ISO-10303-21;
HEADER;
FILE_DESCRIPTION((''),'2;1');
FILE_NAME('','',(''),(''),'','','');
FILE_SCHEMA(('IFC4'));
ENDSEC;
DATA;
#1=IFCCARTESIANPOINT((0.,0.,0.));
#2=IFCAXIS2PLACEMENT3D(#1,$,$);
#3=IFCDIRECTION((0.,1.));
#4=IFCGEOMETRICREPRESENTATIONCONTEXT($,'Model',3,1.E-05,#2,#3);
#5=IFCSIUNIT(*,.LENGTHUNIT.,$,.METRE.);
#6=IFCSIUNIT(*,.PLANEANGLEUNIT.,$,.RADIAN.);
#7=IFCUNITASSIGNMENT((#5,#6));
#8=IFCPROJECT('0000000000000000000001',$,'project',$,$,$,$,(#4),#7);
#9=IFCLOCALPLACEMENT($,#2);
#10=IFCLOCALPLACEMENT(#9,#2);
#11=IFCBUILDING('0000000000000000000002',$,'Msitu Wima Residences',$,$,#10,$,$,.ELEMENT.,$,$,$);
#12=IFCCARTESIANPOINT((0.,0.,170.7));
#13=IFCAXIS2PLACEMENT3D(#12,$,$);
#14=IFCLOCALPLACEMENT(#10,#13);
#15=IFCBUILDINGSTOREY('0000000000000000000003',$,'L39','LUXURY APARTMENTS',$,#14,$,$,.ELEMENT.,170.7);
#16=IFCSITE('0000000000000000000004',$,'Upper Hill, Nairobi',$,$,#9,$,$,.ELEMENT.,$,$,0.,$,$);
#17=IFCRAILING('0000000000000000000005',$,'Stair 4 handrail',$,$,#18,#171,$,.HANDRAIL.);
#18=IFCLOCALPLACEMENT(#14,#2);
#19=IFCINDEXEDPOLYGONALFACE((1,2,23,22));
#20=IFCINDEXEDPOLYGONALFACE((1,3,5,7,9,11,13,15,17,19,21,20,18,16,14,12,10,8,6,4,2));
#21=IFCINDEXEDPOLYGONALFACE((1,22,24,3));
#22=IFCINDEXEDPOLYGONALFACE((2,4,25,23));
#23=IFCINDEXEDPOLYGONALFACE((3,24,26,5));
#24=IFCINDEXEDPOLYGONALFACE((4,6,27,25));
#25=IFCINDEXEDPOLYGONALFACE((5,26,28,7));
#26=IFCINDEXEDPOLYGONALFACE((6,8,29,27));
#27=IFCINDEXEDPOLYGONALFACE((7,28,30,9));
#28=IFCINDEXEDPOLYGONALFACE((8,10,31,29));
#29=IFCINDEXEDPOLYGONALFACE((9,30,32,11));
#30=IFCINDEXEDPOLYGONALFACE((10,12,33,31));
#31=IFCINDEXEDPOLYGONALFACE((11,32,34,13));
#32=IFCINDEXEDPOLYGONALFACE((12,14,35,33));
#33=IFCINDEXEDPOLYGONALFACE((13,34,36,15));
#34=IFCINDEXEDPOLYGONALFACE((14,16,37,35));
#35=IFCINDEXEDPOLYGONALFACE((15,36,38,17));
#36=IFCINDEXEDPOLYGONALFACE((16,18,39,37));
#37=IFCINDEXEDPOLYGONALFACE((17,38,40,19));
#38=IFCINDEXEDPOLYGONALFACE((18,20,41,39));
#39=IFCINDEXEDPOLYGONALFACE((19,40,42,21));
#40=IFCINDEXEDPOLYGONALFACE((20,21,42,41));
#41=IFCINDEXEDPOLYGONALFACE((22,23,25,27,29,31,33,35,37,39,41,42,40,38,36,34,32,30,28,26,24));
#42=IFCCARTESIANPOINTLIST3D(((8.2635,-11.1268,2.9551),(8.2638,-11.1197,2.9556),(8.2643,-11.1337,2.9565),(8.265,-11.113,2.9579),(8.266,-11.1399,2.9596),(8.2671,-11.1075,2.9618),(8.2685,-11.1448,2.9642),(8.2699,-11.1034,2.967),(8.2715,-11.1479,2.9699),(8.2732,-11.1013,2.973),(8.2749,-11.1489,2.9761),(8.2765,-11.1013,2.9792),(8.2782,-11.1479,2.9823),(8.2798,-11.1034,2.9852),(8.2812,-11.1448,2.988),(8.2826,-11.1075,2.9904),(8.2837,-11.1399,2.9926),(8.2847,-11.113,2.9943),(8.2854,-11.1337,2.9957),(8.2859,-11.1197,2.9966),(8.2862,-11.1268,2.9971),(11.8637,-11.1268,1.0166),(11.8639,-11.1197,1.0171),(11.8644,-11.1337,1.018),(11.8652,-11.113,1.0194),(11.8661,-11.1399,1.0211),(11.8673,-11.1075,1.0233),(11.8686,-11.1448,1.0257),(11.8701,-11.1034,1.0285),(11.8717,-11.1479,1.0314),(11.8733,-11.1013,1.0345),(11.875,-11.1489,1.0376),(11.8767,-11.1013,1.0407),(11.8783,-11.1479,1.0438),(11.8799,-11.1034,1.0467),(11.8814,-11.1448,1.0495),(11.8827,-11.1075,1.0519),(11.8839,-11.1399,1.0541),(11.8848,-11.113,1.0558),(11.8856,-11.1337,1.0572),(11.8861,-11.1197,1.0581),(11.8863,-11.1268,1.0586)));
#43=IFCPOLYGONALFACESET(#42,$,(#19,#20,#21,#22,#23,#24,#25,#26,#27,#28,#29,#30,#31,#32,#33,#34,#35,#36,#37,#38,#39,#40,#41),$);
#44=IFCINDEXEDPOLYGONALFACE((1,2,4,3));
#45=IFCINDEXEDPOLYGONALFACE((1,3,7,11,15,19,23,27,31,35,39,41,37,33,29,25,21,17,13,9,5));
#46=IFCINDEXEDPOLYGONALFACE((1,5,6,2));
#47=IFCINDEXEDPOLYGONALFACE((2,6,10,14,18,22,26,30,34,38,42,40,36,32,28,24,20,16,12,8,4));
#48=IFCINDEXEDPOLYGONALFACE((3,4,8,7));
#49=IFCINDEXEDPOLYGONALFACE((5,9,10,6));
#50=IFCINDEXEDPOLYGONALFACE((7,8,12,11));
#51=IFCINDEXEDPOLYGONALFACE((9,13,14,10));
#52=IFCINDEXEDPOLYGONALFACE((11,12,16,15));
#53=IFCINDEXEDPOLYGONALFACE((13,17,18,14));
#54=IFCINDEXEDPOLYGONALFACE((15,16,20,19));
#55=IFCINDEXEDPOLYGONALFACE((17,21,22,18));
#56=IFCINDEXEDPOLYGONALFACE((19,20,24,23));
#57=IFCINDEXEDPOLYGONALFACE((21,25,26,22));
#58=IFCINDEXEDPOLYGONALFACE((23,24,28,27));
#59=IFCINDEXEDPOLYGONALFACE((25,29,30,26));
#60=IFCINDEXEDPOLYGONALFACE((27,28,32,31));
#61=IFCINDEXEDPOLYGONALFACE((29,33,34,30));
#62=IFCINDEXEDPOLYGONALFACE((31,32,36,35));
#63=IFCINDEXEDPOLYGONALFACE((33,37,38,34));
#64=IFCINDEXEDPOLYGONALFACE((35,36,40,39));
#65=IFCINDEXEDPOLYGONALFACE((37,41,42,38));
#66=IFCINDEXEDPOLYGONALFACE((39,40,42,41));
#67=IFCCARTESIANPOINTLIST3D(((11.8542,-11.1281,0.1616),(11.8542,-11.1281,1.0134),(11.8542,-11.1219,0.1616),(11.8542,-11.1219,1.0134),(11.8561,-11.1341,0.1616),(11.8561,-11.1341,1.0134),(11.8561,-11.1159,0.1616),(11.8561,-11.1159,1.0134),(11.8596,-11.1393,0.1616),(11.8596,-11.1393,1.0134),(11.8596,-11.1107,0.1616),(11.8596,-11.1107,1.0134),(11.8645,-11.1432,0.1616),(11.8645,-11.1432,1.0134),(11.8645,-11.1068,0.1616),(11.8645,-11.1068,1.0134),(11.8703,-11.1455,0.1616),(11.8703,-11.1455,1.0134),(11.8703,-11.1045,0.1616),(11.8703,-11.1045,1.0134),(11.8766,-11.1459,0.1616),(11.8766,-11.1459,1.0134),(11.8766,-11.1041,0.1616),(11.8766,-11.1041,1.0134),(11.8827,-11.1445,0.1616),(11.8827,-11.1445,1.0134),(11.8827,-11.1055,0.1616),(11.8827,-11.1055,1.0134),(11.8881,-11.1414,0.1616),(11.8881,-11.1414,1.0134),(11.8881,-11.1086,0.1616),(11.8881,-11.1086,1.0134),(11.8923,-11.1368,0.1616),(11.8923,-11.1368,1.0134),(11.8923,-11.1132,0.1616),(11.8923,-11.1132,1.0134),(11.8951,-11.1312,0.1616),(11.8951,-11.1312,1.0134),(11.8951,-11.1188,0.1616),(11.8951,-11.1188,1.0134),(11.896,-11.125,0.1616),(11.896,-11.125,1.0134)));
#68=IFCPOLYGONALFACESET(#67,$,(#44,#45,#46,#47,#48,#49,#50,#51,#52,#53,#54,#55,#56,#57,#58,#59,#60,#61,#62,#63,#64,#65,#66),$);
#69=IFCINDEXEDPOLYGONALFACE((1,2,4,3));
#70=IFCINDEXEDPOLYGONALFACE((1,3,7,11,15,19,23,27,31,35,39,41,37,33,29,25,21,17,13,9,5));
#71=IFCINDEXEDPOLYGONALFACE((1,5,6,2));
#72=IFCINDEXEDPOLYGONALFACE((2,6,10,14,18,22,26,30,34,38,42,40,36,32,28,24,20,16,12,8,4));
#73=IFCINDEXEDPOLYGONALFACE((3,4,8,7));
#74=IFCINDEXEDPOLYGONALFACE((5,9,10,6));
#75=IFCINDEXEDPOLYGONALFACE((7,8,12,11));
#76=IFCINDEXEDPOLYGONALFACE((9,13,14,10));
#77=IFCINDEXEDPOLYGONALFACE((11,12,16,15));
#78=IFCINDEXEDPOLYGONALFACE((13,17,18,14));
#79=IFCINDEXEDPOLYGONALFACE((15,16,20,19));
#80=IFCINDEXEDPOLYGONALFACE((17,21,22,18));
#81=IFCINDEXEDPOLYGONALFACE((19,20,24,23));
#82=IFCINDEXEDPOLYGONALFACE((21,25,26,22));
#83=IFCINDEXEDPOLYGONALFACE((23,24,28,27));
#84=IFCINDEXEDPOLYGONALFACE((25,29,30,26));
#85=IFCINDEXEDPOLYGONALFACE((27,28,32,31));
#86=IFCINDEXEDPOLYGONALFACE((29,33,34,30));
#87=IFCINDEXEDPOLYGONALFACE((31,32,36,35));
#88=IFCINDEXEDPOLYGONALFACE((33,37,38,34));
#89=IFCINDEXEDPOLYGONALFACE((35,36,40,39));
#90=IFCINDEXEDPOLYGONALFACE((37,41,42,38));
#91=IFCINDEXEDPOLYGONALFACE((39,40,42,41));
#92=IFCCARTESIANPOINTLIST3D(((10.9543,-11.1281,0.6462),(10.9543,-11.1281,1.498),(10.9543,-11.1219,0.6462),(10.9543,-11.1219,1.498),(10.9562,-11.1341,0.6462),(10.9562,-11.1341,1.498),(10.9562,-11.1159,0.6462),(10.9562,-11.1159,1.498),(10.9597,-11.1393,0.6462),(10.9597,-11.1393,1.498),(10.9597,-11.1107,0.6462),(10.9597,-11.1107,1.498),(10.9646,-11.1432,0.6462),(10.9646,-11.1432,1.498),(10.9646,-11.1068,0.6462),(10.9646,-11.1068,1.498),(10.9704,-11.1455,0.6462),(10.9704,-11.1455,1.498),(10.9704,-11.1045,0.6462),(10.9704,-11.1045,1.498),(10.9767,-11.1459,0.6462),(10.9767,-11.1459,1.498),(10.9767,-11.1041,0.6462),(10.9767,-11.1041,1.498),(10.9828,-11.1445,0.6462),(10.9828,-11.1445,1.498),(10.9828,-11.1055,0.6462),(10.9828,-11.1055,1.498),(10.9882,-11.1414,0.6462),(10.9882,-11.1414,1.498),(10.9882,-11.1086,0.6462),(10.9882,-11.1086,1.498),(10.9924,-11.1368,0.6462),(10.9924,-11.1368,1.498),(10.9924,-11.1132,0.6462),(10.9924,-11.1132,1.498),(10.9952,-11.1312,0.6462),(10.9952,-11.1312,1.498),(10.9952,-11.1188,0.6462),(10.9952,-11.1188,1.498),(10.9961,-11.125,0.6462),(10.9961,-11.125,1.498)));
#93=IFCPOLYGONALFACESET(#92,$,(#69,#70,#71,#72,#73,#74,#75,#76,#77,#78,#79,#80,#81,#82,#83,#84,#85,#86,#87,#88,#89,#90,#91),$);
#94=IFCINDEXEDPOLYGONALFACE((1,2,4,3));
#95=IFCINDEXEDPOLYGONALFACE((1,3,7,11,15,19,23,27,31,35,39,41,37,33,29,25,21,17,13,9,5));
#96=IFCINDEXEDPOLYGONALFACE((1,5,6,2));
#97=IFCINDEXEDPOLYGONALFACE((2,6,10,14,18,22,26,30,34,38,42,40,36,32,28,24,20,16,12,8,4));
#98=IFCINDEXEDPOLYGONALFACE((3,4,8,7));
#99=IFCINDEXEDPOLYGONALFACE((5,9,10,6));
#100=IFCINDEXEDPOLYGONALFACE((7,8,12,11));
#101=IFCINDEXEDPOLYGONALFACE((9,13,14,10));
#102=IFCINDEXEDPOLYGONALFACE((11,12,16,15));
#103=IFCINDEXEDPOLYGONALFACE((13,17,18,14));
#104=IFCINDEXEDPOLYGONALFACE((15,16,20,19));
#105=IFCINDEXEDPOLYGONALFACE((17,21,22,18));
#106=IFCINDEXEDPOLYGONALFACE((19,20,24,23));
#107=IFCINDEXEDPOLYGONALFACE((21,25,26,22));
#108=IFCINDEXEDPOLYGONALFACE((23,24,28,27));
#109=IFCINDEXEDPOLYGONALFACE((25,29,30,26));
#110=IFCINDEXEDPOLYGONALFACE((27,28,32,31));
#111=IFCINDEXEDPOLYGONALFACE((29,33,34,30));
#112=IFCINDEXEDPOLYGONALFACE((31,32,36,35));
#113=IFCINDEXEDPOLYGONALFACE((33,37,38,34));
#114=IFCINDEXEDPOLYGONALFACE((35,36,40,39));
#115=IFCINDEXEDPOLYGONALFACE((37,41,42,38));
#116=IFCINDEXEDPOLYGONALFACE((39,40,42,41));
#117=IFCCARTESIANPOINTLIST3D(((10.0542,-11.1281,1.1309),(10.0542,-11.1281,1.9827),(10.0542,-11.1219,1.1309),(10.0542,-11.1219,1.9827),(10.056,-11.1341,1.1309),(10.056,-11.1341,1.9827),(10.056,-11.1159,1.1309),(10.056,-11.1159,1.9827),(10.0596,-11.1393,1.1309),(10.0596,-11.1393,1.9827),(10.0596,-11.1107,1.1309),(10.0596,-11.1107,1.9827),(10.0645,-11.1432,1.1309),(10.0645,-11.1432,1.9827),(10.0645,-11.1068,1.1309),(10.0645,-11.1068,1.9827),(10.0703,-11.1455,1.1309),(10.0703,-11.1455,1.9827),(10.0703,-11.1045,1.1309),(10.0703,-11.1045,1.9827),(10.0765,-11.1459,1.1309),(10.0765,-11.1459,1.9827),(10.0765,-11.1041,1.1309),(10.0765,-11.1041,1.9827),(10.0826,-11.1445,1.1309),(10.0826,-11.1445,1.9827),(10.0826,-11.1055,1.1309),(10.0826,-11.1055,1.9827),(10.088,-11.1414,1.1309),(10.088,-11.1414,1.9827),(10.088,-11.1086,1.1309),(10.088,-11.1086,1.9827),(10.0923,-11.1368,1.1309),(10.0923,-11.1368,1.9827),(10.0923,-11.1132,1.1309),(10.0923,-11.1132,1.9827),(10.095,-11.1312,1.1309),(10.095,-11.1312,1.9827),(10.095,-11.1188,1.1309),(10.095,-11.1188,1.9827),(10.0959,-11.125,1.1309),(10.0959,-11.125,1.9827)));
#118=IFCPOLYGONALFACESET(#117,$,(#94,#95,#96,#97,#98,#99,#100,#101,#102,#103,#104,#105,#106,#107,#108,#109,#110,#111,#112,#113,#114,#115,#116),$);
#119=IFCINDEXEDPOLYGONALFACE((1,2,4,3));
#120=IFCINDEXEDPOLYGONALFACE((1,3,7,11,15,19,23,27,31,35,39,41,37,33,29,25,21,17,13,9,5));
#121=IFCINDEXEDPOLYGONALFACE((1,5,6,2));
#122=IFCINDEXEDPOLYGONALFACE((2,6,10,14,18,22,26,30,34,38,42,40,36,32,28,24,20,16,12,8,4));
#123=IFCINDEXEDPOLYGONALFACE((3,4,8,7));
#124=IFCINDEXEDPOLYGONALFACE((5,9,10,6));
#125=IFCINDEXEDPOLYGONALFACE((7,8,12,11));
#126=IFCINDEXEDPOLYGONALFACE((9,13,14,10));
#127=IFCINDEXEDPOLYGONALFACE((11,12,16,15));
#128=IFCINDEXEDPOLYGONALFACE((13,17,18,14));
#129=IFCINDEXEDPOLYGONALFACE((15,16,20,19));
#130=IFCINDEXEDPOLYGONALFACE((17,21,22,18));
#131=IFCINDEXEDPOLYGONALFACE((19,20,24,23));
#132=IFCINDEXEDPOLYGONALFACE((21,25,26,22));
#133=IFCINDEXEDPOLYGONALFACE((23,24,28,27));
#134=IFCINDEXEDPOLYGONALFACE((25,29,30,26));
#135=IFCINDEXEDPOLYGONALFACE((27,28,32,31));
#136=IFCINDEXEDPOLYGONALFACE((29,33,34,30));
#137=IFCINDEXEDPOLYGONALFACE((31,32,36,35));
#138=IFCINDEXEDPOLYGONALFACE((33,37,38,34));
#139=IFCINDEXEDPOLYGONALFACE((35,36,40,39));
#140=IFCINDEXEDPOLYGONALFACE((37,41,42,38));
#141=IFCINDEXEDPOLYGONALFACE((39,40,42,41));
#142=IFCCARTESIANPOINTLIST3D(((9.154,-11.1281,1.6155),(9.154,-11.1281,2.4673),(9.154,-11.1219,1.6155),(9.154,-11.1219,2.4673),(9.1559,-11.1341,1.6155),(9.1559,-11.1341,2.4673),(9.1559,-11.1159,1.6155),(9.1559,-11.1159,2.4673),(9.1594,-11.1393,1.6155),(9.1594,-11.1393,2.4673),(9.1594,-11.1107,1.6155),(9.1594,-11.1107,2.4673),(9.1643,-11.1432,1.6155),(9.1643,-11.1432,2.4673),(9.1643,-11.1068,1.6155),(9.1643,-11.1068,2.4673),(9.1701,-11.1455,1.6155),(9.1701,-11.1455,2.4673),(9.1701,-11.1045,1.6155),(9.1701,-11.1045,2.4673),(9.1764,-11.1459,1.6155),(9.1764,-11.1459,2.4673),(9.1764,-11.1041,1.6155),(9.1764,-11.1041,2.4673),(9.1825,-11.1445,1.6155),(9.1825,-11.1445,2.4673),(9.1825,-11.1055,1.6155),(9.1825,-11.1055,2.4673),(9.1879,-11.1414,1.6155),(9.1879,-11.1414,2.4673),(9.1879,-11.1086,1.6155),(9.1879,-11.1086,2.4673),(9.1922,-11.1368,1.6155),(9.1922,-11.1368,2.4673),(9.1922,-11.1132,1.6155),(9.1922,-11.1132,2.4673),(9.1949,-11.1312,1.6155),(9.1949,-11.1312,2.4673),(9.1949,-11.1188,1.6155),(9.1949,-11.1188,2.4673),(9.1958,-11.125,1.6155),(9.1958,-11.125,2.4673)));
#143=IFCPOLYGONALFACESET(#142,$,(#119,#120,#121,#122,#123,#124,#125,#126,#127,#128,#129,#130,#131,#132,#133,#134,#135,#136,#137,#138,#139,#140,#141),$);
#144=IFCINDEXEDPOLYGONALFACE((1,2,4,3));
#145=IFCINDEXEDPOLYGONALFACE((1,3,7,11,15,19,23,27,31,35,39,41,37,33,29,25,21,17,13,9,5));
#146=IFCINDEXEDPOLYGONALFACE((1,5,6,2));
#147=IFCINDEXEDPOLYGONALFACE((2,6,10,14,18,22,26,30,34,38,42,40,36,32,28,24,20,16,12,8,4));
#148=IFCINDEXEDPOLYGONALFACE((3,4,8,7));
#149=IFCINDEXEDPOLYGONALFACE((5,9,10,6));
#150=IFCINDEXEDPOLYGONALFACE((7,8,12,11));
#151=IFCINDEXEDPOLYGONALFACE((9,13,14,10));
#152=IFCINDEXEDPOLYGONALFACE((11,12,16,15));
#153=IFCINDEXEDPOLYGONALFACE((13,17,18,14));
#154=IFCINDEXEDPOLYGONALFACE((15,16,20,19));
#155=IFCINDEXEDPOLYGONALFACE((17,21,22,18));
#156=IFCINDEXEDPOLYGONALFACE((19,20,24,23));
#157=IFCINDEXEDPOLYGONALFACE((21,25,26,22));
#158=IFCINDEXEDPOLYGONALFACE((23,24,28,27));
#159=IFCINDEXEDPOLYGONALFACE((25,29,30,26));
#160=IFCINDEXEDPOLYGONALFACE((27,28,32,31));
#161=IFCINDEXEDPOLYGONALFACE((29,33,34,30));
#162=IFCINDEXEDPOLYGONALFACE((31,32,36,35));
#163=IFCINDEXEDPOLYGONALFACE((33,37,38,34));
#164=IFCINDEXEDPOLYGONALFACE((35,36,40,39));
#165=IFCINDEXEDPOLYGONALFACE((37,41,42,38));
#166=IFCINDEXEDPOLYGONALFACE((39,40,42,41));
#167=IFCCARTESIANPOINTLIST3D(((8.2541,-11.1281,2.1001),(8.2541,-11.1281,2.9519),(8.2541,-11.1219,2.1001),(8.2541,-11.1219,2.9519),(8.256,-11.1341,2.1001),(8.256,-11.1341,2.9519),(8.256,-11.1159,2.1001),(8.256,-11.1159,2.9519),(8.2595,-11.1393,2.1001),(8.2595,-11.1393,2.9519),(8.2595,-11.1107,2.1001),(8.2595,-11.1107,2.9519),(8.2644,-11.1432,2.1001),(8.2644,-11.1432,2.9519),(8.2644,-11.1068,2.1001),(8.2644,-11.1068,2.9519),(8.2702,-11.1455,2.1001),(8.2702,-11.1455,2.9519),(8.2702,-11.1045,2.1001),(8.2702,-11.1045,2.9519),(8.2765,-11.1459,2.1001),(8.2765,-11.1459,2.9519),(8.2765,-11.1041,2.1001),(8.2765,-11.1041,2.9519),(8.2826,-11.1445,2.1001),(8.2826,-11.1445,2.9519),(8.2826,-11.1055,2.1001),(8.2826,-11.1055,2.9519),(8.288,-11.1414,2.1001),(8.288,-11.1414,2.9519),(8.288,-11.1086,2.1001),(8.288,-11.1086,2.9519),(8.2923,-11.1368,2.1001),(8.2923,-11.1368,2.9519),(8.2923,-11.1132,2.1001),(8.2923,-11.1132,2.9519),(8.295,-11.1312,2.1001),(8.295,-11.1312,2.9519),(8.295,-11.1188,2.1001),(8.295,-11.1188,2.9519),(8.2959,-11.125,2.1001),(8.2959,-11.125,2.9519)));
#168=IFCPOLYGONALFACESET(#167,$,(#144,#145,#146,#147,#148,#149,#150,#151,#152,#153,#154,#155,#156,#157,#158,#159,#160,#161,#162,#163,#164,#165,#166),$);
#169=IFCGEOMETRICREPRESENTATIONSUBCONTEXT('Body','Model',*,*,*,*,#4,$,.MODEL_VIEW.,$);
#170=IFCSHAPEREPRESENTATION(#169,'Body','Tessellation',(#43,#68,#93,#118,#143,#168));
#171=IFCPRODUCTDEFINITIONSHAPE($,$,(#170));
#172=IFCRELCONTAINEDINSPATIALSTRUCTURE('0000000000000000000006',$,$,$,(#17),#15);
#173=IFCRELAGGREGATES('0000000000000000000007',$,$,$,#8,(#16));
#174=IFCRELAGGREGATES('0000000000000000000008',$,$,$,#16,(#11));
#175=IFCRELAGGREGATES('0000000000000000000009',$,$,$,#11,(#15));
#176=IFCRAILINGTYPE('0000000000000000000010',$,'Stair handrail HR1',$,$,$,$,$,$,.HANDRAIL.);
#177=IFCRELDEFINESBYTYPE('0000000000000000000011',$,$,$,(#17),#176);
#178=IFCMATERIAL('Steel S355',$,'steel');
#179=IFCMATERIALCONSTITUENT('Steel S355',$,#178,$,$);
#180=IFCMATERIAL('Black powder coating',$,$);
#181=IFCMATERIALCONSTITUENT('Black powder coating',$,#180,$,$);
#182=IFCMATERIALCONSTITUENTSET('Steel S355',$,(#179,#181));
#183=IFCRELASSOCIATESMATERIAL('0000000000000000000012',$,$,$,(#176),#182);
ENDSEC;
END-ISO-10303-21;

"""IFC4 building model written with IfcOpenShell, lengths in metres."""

from ifc_helpers import new_model, si_unit, direction, frame, origin, origin_2d, place, context, subcontext, project, spatial, circle, extrude, material, constituent, constituent_set, type_object, element, save


model = new_model("IFC4")

# Units and contexts
model_context = context("Model", 3, precision=1e-05, world=origin(), true_north=direction((0.0, 1.0)))
body_context = subcontext(model_context, "Body", "Model", "MODEL_VIEW")
ifc_project = project(units=[si_unit("LENGTHUNIT", "METRE"), si_unit("PLANEANGLEUNIT", "RADIAN")], contexts=[model_context])

# Site, building, storey
site_placement = place(None, origin())
site = spatial("IfcSite", under=ifc_project, at=site_placement, Name="Upper Hill, Nairobi", CompositionType="ELEMENT", RefElevation=0.0)
building_placement = place(site_placement, origin())
building = spatial("IfcBuilding", under=site, at=building_placement, Name="Msitu Wima Residences", CompositionType="ELEMENT")
storey_placement = place(building_placement, frame((0.0, 0.0, 170.7)))
storey = spatial("IfcBuildingStorey", under=building, at=storey_placement, Name="L39", Description="LUXURY APARTMENTS", CompositionType="ELEMENT", Elevation=170.7)

# Railing
ifc_material_1 = material(Name="Steel S355", Category="steel")
ifc_constituent_1 = constituent(ifc_material_1, Name="Steel S355")
ifc_material_2 = material(Name="Black powder coating")
ifc_constituent_2 = constituent(ifc_material_2, Name="Black powder coating")
ifc_constituent_set = constituent_set(constituents=[ifc_constituent_1, ifc_constituent_2], Name="Steel S355")
railing_type = type_object("IfcRailingType", Name="Stair handrail HR1", PredefinedType="HANDRAIL", material=ifc_constituent_set)
for number, where, name in (
    (1, (11.875, -11.125, 0.1616), "Stair 4 handrail"),
):
    element("IfcRailing", number, at=place(storey_placement, frame(where)), inside=storey, type_object=railing_type, Name=name, PredefinedType="HANDRAIL", context=body_context, shape_type="SweptSolid", body=[
        extrude(circle(Radius=0.0239, at=origin_2d()), frame((0.0, 0.0, 0.876), z_axis=(-0.880475, 0.0, 0.474093), x_axis=(0.0, -1.0, 0.0)), (0.0, 0.0, 1.0), 4.0889),
        extrude(circle(Radius=0.021, at=origin_2d()), origin(), (0.0, 0.0, 1.0), 0.8518),
        extrude(circle(Radius=0.021, at=origin_2d()), frame((-0.8999, 0.0, 0.4846)), (0.0, 0.0, 1.0), 0.8518),
        extrude(circle(Radius=0.021, at=origin_2d()), frame((-1.8, 0.0, 0.9692)), (0.0, 0.0, 1.0), 0.8518),
        extrude(circle(Radius=0.021, at=origin_2d()), frame((-2.7002, 0.0, 1.4539)), (0.0, 0.0, 1.0), 0.8518),
        extrude(circle(Radius=0.021, at=origin_2d()), frame((-3.6001, 0.0, 1.9385)), (0.0, 0.0, 1.0), 0.8518),
    ])

save(model, "model.ifc")
